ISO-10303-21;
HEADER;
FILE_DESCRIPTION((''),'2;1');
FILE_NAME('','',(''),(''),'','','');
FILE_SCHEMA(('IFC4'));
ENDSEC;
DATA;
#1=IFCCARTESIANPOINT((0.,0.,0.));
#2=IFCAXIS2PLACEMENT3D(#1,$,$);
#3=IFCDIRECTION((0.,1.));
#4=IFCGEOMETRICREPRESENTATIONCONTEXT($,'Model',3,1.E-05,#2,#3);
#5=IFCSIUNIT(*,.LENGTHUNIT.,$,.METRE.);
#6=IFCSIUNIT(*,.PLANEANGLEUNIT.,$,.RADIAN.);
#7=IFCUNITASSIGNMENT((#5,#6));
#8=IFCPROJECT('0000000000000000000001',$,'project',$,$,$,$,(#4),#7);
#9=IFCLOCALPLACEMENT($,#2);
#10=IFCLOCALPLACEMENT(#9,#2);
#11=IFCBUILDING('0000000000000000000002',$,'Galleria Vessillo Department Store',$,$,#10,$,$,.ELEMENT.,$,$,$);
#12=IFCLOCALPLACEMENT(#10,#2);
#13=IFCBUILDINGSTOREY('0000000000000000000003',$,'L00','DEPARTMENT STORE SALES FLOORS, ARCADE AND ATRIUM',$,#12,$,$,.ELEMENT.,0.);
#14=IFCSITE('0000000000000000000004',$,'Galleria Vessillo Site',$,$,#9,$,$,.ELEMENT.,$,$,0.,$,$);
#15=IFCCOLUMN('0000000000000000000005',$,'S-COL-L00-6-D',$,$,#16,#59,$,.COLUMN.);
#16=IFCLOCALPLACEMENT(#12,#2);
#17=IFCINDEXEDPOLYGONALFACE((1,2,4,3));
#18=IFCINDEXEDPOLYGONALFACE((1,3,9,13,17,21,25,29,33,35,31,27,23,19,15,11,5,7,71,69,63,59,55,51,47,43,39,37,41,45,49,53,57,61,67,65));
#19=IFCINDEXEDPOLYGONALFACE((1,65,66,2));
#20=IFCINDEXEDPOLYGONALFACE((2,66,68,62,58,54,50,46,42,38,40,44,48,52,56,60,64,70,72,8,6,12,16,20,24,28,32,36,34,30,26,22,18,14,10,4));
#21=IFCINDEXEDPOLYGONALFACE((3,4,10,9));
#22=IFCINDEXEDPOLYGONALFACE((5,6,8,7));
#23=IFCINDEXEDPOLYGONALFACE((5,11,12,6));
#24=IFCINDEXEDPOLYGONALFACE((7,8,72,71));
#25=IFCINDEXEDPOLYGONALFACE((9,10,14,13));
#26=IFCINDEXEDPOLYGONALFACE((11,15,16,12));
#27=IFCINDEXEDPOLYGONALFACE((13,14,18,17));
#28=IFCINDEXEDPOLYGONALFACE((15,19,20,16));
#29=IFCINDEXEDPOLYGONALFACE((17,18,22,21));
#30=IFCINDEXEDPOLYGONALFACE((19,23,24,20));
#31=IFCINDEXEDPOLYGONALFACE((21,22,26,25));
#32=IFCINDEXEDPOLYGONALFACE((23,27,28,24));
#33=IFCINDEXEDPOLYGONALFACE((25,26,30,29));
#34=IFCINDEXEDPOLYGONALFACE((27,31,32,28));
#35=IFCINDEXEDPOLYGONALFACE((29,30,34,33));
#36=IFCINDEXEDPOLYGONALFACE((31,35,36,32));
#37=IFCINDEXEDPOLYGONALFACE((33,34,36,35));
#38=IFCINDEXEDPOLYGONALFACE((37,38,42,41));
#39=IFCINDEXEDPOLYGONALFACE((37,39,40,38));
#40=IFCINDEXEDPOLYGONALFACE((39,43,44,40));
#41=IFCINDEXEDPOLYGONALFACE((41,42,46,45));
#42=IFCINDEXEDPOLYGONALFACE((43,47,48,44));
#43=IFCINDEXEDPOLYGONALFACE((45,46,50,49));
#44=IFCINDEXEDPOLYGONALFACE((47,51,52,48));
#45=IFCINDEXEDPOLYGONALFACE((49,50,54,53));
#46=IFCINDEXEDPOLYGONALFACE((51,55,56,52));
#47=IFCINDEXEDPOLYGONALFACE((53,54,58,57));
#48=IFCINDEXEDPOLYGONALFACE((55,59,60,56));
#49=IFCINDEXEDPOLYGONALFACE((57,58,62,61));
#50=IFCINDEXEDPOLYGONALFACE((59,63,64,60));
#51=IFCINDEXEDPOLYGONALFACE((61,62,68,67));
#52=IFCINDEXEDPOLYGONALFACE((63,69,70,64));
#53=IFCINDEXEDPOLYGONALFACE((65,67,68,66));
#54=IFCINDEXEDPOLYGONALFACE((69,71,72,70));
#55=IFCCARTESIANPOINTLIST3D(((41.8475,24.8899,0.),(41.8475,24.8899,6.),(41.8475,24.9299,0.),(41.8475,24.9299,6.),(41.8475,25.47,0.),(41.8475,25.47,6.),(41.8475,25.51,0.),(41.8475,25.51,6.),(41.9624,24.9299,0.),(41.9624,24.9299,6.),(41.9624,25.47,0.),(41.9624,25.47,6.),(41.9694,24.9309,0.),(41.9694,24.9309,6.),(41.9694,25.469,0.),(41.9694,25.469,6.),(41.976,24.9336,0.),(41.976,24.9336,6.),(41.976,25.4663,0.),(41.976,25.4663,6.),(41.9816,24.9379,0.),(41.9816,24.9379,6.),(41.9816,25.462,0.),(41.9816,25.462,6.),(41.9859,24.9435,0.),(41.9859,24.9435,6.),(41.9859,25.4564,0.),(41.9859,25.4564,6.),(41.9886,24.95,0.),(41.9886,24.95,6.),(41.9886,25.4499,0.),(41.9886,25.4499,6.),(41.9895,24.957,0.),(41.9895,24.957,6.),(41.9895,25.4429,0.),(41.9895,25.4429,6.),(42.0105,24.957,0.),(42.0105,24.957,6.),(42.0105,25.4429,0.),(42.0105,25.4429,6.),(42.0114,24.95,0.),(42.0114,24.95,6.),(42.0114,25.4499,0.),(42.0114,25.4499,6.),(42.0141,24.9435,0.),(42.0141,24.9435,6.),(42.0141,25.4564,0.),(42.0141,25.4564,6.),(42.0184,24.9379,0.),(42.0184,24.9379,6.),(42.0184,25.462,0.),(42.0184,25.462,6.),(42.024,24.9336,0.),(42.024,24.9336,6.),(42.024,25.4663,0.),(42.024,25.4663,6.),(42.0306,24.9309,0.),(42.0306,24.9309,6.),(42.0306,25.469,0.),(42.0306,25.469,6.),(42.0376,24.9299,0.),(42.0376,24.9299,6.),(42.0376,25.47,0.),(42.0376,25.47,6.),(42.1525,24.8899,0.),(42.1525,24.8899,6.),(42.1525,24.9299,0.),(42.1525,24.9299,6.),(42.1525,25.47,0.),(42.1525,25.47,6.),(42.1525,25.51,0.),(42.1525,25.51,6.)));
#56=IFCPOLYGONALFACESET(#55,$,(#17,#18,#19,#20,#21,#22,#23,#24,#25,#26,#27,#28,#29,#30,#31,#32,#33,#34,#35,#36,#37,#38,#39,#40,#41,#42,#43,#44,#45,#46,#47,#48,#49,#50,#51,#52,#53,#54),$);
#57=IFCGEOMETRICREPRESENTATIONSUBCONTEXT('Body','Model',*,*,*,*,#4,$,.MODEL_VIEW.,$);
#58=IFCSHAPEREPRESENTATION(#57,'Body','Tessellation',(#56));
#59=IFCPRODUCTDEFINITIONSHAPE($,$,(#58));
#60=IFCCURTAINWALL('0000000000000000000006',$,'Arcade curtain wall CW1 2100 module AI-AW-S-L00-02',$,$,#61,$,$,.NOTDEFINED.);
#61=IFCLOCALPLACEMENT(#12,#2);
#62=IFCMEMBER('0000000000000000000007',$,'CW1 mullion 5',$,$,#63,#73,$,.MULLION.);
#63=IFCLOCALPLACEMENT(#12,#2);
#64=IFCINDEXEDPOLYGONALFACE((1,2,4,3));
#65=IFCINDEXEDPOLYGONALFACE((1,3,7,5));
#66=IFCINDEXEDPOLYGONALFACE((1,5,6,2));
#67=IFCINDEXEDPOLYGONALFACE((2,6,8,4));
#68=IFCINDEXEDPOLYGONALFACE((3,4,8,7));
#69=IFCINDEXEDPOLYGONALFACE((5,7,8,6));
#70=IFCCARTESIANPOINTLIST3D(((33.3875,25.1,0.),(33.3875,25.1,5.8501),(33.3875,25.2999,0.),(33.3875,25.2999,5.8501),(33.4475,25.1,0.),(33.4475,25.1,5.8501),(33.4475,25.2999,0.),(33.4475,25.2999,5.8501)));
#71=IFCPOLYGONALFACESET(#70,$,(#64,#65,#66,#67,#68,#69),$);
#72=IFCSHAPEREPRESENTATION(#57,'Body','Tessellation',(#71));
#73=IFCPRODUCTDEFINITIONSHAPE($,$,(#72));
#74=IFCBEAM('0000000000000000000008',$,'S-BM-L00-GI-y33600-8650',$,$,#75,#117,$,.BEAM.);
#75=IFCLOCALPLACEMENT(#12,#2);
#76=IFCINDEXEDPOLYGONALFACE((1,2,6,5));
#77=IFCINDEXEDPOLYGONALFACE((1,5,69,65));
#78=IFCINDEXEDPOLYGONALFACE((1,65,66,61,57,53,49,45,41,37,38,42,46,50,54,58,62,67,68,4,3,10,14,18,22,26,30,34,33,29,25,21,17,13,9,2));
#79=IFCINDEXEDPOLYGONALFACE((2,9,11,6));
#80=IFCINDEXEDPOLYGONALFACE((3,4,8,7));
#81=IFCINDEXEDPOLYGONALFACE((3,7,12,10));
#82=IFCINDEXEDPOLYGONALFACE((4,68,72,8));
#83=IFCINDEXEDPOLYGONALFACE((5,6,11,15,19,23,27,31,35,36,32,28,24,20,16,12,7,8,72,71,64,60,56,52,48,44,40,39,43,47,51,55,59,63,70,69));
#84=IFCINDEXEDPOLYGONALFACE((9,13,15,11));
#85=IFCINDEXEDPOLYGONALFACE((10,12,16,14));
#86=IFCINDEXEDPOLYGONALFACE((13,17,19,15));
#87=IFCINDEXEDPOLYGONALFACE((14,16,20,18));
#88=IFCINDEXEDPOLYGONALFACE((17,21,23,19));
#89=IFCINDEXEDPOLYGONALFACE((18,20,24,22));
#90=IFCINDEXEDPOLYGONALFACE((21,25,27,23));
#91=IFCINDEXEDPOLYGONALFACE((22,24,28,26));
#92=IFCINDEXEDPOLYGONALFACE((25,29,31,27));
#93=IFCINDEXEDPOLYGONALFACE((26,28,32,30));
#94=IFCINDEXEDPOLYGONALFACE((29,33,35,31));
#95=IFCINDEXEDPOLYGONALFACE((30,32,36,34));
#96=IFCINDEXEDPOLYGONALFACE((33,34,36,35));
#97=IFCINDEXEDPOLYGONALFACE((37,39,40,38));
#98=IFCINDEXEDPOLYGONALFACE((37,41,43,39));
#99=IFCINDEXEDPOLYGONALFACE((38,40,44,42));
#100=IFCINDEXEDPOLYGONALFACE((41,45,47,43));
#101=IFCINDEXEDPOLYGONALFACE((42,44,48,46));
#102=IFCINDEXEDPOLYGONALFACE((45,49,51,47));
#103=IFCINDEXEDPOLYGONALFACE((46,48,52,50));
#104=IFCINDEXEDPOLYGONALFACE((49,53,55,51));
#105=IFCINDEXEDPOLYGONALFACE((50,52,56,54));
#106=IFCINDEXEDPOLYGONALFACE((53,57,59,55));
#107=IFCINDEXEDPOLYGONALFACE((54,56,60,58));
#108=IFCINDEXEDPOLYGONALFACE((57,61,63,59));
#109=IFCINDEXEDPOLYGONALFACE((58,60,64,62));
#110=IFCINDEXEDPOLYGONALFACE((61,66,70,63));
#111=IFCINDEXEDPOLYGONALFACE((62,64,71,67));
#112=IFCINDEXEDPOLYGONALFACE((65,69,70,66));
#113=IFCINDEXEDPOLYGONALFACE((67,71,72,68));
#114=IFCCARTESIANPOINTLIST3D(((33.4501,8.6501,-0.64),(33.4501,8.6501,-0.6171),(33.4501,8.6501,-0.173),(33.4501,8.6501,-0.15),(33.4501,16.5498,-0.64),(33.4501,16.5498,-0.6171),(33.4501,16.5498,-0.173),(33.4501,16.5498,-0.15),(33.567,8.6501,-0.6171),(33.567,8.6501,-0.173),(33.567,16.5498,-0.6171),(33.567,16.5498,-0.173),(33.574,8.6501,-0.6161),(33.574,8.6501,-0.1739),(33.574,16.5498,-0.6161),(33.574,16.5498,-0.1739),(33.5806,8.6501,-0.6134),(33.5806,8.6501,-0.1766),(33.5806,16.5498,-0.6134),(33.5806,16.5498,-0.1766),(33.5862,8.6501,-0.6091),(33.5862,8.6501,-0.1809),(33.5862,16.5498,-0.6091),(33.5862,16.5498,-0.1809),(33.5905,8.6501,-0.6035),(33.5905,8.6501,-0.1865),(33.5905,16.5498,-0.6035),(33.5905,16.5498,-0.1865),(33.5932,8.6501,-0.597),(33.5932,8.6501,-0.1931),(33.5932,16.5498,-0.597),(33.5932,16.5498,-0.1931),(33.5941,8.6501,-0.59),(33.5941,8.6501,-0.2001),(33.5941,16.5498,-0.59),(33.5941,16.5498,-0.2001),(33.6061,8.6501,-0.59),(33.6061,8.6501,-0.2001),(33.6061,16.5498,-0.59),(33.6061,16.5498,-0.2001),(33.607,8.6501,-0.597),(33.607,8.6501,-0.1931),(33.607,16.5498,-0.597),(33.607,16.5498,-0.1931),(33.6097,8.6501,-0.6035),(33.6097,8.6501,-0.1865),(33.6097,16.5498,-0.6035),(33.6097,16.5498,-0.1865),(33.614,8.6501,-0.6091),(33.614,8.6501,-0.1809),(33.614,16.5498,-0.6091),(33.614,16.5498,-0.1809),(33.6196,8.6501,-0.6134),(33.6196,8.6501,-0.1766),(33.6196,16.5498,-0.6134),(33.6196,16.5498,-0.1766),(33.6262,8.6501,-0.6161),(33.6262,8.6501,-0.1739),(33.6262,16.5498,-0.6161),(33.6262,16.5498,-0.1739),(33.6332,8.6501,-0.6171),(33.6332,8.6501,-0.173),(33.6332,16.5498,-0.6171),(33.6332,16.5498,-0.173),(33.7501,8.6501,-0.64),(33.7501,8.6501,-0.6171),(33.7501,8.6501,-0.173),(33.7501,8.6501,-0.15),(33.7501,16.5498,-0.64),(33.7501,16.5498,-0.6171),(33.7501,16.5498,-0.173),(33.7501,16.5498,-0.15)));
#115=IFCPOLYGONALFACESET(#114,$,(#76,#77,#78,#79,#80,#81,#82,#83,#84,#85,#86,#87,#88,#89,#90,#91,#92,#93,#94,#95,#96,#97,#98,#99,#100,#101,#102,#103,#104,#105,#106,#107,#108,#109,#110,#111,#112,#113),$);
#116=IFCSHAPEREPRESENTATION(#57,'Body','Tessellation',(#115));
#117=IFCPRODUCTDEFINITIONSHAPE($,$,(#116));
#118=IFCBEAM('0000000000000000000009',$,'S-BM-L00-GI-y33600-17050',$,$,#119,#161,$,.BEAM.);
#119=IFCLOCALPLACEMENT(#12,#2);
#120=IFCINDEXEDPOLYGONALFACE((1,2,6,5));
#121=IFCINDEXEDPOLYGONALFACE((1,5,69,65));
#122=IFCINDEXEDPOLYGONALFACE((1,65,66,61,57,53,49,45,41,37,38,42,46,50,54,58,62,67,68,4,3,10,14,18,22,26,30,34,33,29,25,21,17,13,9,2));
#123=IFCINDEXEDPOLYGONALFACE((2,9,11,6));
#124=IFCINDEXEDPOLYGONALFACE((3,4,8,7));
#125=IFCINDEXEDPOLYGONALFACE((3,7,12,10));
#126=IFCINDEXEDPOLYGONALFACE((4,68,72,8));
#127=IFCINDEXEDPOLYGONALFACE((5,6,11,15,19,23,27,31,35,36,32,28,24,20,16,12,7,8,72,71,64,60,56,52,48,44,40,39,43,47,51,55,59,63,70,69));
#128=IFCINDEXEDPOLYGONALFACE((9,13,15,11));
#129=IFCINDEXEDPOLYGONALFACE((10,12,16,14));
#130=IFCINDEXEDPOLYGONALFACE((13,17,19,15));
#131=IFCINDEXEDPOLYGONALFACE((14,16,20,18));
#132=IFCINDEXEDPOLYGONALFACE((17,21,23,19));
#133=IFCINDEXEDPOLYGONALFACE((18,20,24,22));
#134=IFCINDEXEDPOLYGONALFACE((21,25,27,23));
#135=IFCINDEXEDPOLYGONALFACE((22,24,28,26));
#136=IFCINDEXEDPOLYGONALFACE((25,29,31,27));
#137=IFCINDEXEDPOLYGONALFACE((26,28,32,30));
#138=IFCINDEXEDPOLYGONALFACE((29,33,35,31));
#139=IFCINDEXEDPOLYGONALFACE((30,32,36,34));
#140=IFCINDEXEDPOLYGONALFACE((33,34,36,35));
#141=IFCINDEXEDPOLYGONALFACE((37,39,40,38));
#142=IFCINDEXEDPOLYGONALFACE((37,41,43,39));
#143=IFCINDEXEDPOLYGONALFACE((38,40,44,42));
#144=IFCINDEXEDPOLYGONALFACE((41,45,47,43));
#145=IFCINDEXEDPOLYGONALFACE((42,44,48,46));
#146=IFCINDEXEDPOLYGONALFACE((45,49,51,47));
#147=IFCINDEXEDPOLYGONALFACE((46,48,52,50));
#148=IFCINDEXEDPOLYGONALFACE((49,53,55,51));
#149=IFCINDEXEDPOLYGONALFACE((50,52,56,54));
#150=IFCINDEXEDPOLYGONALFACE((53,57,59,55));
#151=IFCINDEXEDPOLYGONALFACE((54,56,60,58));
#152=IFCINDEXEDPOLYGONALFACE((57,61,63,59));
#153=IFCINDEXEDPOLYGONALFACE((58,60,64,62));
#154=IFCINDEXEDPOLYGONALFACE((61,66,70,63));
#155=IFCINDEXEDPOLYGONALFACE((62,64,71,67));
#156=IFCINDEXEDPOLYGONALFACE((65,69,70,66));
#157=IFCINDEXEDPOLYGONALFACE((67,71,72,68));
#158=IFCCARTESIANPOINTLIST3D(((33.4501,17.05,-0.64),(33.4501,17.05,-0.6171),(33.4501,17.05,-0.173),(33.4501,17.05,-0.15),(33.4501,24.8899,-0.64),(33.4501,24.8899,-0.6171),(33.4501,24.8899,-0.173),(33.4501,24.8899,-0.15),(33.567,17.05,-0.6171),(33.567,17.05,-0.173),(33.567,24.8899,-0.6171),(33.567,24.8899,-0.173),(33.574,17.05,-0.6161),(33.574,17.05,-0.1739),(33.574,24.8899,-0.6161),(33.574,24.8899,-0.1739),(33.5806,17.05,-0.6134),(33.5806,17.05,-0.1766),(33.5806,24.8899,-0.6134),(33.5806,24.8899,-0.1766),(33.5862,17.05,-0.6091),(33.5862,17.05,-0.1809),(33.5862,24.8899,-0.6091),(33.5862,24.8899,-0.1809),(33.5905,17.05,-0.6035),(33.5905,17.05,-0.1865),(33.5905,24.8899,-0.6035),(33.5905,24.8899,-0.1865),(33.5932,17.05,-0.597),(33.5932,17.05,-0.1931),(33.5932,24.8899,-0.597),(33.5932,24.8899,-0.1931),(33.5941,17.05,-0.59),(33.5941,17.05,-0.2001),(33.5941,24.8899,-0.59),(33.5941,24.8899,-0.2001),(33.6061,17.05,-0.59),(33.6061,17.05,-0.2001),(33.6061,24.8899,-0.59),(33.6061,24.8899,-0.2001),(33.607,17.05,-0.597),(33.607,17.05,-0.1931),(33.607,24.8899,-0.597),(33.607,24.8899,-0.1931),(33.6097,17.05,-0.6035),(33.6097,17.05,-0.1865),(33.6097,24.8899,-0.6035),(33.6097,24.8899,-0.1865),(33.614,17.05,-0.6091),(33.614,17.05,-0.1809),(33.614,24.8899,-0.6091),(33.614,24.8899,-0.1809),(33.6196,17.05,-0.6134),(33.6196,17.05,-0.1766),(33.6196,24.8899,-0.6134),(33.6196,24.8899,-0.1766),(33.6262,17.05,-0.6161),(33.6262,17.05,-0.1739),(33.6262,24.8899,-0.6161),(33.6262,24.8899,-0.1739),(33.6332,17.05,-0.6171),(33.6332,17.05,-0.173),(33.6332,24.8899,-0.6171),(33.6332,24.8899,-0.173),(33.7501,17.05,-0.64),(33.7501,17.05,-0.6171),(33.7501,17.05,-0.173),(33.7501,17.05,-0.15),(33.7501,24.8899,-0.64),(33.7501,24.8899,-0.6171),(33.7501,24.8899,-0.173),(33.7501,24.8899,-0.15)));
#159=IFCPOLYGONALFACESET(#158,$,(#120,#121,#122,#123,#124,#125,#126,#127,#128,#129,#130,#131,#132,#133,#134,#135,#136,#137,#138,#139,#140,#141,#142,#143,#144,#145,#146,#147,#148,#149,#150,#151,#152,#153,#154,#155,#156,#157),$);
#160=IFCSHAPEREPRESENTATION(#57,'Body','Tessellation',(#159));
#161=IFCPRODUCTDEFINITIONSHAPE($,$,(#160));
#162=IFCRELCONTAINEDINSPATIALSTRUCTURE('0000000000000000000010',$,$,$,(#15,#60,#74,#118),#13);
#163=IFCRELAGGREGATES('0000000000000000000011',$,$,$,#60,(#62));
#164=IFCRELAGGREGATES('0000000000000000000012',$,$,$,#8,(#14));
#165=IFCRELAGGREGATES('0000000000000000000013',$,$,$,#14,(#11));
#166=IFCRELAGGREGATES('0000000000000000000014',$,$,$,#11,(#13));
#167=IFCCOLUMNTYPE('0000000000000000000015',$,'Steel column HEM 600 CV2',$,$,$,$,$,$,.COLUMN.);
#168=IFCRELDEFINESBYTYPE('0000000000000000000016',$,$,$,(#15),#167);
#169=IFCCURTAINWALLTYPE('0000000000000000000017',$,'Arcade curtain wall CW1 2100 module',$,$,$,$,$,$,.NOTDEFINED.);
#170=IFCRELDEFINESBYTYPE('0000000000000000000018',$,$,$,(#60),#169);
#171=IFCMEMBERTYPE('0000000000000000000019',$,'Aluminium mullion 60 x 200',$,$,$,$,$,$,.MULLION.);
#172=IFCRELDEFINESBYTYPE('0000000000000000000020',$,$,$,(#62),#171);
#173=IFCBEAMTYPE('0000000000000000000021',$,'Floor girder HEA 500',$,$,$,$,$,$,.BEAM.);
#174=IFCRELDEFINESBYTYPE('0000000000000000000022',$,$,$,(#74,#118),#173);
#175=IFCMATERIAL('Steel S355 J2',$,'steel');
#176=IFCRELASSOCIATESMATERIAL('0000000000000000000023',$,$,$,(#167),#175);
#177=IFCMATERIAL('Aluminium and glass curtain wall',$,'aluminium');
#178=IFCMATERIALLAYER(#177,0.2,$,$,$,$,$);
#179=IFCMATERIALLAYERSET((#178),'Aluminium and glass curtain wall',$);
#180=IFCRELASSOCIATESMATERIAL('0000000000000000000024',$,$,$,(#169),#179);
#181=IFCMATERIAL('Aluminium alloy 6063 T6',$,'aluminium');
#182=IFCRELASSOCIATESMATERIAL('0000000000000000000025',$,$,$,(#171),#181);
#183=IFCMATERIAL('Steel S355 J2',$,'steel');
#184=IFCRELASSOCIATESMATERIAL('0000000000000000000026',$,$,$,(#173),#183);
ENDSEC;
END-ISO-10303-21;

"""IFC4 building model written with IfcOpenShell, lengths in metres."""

from ifc_helpers import new_model, si_unit, direction, frame, origin, origin_2d, place, context, subcontext, project, spatial, rectangle, i_section, extrude, material, layer, layer_set, material_profile, profile_set, type_object, element, aggregate, save


model = new_model("IFC4")

# Units and contexts
model_context = context("Model", 3, precision=1e-05, world=origin(), true_north=direction((0.0, 1.0)))
body_context = subcontext(model_context, "Body", "Model", "MODEL_VIEW")
ifc_project = project(units=[si_unit("LENGTHUNIT", "METRE"), si_unit("PLANEANGLEUNIT", "RADIAN")], contexts=[model_context])

# Site, building, storey
site_placement = place(None, origin())
site = spatial("IfcSite", under=ifc_project, at=site_placement, Name="Galleria Vessillo Site", CompositionType="ELEMENT", RefElevation=0.0)
building_placement = place(site_placement, origin())
building = spatial("IfcBuilding", under=site, at=building_placement, Name="Galleria Vessillo Department Store", CompositionType="ELEMENT")
storey_placement = place(building_placement, origin())
storey = spatial("IfcBuildingStorey", under=building, at=storey_placement, Name="L00", Description="DEPARTMENT STORE SALES FLOORS, ARCADE AND ATRIUM", CompositionType="ELEMENT", Elevation=0.0)

# Column
ifc_material_1 = material(Name="Steel S355 J2", Category="steel")
ifc_material_profile_1 = material_profile(ifc_material_1, i_section(OverallWidth=0.3049, OverallDepth=0.6201, WebThickness=0.021, FlangeThickness=0.04, FilletRadius=0.0271, at=origin_2d()), Name="HEM 600")
ifc_profile_set_1 = profile_set([ifc_material_profile_1], Name="Steel S355 J2")
column_type_1 = type_object("IfcColumnType", Name="Steel column HEM 600 CV2", PredefinedType="COLUMN", material=ifc_profile_set_1)
for number, where, z_axis, x_axis, name in (
    (1, (42.0, 25.2, 0.0), (0.0, 0.0, 1.0), (1.0, 0.0, 0.0), "S-COL-L00-6-D"),
):
    element("IfcColumn", number, at=place(storey_placement, frame(where, z_axis=z_axis, x_axis=x_axis)), inside=storey, type_object=column_type_1, Name=name, PredefinedType="COLUMN", context=body_context, shape_type="SweptSolid", body=[
        extrude(i_section(OverallWidth=0.3049, OverallDepth=0.6201, WebThickness=0.021, FlangeThickness=0.04, FilletRadius=0.0271, at=origin_2d()), origin(), (0.0, 0.0, 1.0), 6.0),
    ])

# Curtain wall, member
ifc_material_2 = material(Name="Aluminium and glass curtain wall", Category="aluminium")
ifc_layer_1 = layer(ifc_material_2, 0.2)
ifc_layer_set_1 = layer_set([ifc_layer_1], Name="Aluminium and glass curtain wall")
curtain_wall_type = type_object("IfcCurtainWallType", Name="Arcade curtain wall CW1 2100 module", PredefinedType="NOTDEFINED", material=ifc_layer_set_1)
curtain_wall_placement = place(storey_placement, origin())
curtain_wall = element("IfcCurtainWall", 2, at=curtain_wall_placement, inside=storey, type_object=curtain_wall_type, Name="Arcade curtain wall CW1 2100 module AI-AW-S-L00-02", PredefinedType="NOTDEFINED")
ifc_material_3 = material(Name="Aluminium alloy 6063 T6", Category="aluminium")
ifc_material_profile_2 = material_profile(ifc_material_3, rectangle(XDim=0.2, YDim=0.0601, at=origin_2d()), Name="AL 60x200")
ifc_profile_set_2 = profile_set([ifc_material_profile_2], Name="Aluminium alloy 6063 T6")
member_type = type_object("IfcMemberType", Name="Aluminium mullion 60 x 200", PredefinedType="MULLION", material=ifc_profile_set_2)
member_placement = place(storey_placement, frame((33.4175, 25.2, 0.0), z_axis=(0.0, 0.0, 1.0), x_axis=(0.0, 1.0, 0.0)))
member = element("IfcMember", 3, at=member_placement, type_object=member_type, Name="CW1 mullion 5", PredefinedType="MULLION", context=body_context, shape_type="SweptSolid", body=[
    extrude(rectangle(XDim=0.2, YDim=0.0601, at=origin_2d()), origin(), (0.0, 0.0, 1.0), 5.8501),
])

# Beams
ifc_material_4 = material(Name="Steel S355 J2", Category="steel")
ifc_material_profile_3 = material_profile(ifc_material_4, i_section(OverallWidth=0.3, OverallDepth=0.49, WebThickness=0.012, FlangeThickness=0.0229, FilletRadius=0.0271, at=origin_2d()), Name="HEA 500")
ifc_profile_set_3 = profile_set([ifc_material_profile_3], Name="Steel S355 J2")
beam_type_1 = type_object("IfcBeamType", Name="Floor girder HEA 500", PredefinedType="BEAM", material=ifc_profile_set_3)
beam_1_placement = place(storey_placement, frame((33.6001, 8.6501, -0.395), z_axis=(0.0, 1.0, 0.0), x_axis=(-1.0, 0.0, 0.0)))
element("IfcBeam", 4, at=beam_1_placement, inside=storey, type_object=beam_type_1, Name="S-BM-L00-GI-y33600-8650", PredefinedType="BEAM", context=body_context, shape_type="SweptSolid", body=[
    extrude(i_section(OverallWidth=0.3, OverallDepth=0.49, WebThickness=0.012, FlangeThickness=0.0229, FilletRadius=0.0271, at=origin_2d()), origin(), (0.0, 0.0, 1.0), 7.8997),
])
beam_2_placement = place(storey_placement, frame((33.6001, 17.05, -0.395), z_axis=(0.0, 1.0, 0.0), x_axis=(-1.0, 0.0, 0.0)))
element("IfcBeam", 5, at=beam_2_placement, inside=storey, type_object=beam_type_1, Name="S-BM-L00-GI-y33600-17050", PredefinedType="BEAM", context=body_context, shape_type="SweptSolid", body=[
    extrude(i_section(OverallWidth=0.3, OverallDepth=0.49, WebThickness=0.012, FlangeThickness=0.0229, FilletRadius=0.0271, at=origin_2d()), origin(), (0.0, 0.0, 1.0), 7.8398),
])

aggregate(curtain_wall, [member])

save(model, "model.ifc")
